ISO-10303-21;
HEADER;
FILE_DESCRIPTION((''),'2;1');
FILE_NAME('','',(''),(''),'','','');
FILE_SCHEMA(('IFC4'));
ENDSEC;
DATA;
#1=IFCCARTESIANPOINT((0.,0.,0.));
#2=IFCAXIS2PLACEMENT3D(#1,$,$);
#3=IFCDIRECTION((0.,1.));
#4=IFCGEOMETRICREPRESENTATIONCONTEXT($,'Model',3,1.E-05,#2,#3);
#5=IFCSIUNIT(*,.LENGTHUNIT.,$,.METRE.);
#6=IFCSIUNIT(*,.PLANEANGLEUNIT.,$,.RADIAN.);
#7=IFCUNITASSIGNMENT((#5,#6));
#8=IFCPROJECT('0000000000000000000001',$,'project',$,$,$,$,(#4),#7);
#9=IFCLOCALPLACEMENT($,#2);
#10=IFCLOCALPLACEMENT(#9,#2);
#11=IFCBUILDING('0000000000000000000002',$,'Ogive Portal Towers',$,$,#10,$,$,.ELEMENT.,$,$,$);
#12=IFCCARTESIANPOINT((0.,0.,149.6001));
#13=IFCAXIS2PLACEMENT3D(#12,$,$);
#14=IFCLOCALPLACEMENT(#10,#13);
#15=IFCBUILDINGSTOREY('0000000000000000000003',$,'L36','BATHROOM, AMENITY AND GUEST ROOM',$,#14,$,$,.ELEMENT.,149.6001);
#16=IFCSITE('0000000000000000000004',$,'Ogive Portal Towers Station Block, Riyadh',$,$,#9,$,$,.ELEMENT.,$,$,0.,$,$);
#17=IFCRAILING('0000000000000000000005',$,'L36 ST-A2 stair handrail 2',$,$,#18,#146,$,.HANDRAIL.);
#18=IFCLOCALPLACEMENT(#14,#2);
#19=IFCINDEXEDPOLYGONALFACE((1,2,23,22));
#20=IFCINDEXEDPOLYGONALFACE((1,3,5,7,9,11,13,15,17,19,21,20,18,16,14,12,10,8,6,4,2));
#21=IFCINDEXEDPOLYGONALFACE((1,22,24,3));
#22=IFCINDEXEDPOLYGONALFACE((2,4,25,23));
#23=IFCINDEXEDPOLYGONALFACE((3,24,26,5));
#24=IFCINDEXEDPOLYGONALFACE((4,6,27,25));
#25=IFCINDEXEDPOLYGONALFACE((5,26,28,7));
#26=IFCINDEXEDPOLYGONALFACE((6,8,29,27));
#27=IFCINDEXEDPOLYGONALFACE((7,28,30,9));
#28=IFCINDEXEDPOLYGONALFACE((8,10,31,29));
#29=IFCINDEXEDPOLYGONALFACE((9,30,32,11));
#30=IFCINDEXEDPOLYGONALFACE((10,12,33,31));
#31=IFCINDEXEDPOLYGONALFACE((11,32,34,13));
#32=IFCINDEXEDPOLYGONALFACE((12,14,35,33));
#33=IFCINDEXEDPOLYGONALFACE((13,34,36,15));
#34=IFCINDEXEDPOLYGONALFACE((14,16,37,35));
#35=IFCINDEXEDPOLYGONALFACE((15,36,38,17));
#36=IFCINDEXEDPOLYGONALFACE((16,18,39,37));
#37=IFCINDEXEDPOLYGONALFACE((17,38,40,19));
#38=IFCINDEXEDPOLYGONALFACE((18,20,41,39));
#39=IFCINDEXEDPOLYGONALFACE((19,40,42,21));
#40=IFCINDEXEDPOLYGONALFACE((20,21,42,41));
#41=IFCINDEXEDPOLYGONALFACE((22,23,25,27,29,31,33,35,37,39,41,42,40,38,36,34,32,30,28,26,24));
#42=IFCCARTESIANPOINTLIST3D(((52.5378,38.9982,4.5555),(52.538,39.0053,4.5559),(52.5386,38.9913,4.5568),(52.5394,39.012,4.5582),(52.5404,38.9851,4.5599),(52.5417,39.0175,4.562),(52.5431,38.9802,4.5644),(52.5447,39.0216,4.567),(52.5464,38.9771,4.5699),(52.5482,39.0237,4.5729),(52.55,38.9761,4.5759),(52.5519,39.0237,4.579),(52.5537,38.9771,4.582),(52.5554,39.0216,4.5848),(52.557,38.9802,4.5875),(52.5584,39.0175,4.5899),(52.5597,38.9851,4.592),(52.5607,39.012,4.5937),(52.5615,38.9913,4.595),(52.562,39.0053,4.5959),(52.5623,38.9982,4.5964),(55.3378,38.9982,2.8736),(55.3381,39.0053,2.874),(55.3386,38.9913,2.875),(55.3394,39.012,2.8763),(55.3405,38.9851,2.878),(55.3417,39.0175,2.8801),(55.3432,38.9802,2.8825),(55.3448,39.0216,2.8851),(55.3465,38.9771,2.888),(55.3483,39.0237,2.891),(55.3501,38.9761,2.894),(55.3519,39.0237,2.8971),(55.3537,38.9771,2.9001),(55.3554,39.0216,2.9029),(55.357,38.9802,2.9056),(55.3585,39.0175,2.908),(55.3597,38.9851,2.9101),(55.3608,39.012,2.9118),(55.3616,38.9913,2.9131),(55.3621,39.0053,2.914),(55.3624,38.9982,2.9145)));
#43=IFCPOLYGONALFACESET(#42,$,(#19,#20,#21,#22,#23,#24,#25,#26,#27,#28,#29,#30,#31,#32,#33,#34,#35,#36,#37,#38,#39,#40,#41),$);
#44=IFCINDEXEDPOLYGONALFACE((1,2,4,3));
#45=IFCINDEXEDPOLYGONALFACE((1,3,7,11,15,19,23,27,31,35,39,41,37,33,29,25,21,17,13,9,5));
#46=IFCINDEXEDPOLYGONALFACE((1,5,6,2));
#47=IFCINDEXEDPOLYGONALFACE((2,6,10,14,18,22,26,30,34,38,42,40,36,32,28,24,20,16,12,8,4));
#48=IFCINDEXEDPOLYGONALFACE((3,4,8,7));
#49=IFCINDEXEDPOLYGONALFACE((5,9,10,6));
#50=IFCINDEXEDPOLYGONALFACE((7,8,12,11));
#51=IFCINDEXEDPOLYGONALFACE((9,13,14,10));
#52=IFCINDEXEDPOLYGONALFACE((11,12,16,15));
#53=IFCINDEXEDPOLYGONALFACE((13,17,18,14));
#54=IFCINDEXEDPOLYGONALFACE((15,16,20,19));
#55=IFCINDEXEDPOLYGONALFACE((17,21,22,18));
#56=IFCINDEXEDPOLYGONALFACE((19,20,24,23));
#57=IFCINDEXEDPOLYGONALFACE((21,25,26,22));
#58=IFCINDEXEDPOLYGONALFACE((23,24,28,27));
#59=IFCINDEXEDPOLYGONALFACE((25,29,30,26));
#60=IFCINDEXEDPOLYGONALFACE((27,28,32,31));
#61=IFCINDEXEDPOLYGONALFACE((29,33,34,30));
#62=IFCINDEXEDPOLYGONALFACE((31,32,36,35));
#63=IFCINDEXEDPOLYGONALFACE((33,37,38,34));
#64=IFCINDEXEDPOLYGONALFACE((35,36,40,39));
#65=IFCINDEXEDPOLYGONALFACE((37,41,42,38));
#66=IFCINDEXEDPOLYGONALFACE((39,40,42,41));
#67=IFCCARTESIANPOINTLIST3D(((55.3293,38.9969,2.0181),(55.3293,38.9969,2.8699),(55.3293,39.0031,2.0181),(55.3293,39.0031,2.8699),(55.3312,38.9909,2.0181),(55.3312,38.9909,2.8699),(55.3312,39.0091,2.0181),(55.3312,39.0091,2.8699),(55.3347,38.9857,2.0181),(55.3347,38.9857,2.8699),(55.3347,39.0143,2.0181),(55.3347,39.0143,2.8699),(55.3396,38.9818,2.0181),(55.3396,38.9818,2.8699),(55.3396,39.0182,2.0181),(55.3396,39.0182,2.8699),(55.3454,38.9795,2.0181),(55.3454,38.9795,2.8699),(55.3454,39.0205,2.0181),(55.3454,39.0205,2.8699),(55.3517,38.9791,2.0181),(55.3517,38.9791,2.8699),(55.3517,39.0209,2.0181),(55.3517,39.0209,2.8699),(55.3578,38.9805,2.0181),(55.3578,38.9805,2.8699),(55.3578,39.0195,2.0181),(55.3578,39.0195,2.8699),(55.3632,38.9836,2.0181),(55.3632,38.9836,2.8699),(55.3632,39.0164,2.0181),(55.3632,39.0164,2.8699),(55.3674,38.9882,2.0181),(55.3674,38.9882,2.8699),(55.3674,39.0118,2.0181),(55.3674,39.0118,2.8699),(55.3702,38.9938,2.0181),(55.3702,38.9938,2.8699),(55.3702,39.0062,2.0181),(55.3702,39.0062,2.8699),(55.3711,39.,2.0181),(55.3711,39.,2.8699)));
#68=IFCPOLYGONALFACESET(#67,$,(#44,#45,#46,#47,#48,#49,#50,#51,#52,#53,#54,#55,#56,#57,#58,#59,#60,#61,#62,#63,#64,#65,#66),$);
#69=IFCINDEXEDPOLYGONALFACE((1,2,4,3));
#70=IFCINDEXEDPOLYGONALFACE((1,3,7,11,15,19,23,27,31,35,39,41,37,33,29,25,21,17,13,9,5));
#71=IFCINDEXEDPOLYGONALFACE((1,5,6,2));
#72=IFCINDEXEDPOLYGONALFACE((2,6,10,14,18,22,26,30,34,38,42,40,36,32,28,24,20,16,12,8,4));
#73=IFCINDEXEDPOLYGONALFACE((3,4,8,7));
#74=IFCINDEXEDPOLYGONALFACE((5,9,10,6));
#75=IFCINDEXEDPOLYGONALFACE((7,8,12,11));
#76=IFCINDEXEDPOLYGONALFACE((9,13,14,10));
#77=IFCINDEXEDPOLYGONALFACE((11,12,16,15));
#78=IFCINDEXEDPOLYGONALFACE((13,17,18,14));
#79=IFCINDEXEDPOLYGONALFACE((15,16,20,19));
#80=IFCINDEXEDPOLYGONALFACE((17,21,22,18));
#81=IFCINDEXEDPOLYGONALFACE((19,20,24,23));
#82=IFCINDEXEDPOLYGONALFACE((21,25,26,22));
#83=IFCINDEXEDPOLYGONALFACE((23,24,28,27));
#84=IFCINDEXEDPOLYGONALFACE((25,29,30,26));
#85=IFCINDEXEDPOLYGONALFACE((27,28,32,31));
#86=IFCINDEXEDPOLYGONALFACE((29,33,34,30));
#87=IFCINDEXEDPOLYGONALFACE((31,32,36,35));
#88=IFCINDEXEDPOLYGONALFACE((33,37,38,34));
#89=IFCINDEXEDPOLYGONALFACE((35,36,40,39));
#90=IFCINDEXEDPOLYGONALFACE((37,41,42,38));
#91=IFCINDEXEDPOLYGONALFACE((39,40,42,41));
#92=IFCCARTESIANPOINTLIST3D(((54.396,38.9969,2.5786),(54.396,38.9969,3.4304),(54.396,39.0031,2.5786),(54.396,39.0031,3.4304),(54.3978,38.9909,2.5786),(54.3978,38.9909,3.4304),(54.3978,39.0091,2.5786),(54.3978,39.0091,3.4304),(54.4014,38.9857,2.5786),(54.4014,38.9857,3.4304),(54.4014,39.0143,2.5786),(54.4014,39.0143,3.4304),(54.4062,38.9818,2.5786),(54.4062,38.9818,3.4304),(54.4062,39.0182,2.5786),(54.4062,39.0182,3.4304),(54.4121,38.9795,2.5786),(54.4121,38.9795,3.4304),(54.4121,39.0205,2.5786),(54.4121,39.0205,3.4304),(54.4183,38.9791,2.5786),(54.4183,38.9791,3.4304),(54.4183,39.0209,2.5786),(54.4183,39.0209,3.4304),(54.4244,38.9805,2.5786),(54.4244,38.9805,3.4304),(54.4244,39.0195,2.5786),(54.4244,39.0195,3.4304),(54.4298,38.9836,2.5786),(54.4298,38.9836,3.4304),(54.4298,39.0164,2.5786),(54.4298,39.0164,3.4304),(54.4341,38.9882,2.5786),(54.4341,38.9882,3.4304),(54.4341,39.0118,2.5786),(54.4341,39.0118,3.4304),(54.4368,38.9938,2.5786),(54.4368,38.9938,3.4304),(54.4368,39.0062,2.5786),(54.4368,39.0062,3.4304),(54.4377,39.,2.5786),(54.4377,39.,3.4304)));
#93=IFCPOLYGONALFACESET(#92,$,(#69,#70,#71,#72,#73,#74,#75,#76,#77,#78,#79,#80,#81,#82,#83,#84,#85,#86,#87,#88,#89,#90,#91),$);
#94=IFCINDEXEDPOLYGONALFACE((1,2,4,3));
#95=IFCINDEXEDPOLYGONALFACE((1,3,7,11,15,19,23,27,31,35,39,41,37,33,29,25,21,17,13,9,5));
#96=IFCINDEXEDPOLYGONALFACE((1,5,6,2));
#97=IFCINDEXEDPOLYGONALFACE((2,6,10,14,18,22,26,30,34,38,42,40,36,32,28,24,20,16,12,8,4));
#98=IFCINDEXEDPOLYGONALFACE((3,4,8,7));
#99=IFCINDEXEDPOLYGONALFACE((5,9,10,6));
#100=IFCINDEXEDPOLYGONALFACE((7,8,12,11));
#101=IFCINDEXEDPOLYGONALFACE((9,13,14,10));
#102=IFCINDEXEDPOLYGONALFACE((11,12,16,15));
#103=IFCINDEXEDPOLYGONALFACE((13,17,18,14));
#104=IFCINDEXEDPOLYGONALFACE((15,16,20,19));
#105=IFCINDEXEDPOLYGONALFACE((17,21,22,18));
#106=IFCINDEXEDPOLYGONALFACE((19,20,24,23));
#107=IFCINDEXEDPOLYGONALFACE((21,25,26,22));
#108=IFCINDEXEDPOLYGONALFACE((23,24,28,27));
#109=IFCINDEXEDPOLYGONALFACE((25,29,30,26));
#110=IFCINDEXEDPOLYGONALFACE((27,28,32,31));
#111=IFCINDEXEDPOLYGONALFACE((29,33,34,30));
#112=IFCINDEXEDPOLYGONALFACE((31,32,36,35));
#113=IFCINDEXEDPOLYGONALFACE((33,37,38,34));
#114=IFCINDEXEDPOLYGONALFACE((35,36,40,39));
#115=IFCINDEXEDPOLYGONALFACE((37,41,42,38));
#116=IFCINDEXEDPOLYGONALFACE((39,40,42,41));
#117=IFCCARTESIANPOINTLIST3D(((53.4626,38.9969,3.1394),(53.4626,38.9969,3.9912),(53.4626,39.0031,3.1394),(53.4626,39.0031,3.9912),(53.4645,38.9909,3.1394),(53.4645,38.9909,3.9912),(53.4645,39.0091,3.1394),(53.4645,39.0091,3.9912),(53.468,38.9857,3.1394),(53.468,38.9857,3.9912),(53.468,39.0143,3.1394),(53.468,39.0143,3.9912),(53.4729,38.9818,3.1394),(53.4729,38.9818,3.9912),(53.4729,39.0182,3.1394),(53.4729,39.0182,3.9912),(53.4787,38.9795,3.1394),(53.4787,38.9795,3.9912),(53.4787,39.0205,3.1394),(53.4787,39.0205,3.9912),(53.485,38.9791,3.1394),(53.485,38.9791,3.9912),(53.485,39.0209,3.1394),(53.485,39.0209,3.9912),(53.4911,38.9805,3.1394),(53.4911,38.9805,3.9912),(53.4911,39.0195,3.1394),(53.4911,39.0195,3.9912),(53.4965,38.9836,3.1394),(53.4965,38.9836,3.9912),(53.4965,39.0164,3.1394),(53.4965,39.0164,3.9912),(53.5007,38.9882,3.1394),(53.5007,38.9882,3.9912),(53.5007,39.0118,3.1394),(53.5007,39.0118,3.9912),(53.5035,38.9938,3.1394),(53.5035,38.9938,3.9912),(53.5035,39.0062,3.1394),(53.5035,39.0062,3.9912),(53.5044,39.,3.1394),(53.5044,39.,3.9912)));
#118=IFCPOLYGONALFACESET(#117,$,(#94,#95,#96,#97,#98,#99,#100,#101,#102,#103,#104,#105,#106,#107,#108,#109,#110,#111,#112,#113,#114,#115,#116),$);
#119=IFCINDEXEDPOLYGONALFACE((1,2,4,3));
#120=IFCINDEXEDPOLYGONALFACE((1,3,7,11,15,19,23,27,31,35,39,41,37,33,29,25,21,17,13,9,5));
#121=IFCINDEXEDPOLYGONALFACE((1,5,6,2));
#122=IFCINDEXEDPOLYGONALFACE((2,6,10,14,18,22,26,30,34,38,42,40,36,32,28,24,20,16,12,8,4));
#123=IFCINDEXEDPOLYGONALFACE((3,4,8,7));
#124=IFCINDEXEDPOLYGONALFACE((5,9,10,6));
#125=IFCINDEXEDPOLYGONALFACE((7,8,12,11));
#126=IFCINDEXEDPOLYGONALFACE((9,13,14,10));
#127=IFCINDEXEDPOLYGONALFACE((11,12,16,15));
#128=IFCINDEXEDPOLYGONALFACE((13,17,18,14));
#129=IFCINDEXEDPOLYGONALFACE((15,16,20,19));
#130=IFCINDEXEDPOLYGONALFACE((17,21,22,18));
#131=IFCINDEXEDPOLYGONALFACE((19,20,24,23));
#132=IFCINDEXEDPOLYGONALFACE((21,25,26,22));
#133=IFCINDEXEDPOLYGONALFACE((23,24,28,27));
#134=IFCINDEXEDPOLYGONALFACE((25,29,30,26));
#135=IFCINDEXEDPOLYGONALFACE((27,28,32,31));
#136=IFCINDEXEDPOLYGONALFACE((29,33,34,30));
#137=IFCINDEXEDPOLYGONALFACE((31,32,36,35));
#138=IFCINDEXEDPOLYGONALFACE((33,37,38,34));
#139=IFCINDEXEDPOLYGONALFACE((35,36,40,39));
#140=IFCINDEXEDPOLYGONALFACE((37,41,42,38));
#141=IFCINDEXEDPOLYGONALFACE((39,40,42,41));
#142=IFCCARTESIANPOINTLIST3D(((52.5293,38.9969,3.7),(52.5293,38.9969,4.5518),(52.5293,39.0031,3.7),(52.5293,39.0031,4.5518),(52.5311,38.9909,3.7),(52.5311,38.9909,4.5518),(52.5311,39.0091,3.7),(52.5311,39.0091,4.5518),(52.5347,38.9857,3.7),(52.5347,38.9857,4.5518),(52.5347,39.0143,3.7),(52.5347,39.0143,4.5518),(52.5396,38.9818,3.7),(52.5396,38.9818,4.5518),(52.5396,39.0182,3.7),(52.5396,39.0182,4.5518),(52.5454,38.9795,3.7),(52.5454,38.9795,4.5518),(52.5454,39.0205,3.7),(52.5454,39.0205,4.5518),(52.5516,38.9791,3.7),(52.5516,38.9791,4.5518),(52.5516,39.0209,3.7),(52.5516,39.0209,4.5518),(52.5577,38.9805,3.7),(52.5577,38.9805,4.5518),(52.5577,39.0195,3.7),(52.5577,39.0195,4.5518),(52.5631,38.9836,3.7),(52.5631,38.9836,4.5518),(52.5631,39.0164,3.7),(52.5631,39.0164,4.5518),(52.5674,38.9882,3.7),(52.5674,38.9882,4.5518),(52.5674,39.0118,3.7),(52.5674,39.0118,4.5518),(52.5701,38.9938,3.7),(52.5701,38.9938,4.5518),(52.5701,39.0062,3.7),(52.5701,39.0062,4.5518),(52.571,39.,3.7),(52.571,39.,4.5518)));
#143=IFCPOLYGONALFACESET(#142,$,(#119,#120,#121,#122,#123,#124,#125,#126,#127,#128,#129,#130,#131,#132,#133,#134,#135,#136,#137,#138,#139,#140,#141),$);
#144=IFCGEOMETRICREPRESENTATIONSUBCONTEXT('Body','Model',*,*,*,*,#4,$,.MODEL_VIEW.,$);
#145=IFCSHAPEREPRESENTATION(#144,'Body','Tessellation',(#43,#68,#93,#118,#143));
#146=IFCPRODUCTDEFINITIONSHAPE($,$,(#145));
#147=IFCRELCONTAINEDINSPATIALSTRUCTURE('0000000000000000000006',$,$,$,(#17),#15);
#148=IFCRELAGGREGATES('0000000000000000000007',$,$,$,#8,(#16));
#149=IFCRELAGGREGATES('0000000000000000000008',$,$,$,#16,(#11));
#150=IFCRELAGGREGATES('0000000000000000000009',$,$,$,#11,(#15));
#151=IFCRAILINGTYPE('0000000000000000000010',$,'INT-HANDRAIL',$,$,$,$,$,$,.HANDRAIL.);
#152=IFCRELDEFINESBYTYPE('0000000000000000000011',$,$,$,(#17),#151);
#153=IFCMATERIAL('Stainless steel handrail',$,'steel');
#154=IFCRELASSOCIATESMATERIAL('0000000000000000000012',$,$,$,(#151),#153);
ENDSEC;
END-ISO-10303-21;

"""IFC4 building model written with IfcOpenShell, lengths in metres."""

from ifc_helpers import new_model, si_unit, direction, frame, origin, origin_2d, place, context, subcontext, project, spatial, circle, extrude, material, type_object, element, save


model = new_model("IFC4")

# Units and contexts
model_context = context("Model", 3, precision=1e-05, world=origin(), true_north=direction((0.0, 1.0)))
body_context = subcontext(model_context, "Body", "Model", "MODEL_VIEW")
ifc_project = project(units=[si_unit("LENGTHUNIT", "METRE"), si_unit("PLANEANGLEUNIT", "RADIAN")], contexts=[model_context])

# Site, building, storey
site_placement = place(None, origin())
site = spatial("IfcSite", under=ifc_project, at=site_placement, Name="Ogive Portal Towers Station Block, Riyadh", CompositionType="ELEMENT", RefElevation=0.0)
building_placement = place(site_placement, origin())
building = spatial("IfcBuilding", under=site, at=building_placement, Name="Ogive Portal Towers", CompositionType="ELEMENT")
storey_placement = place(building_placement, frame((0.0, 0.0, 149.6001)))
storey = spatial("IfcBuildingStorey", under=building, at=storey_placement, Name="L36", Description="BATHROOM, AMENITY AND GUEST ROOM", CompositionType="ELEMENT", Elevation=149.6001)

# Railing
ifc_material_1 = material(Name="Stainless steel handrail", Category="steel")
railing_type_1 = type_object("IfcRailingType", Name="INT-HANDRAIL", PredefinedType="HANDRAIL", material=ifc_material_1)
railing_1_placement = place(storey_placement, frame((55.3501, 39.0, 2.0181)))
element("IfcRailing", 1, at=railing_1_placement, inside=storey, type_object=railing_type_1, Name="L36 ST-A2 stair handrail 2", PredefinedType="HANDRAIL", context=body_context, shape_type="SweptSolid", body=[
    extrude(circle(Radius=0.0239, at=origin_2d()), frame((0.0, 0.0, 0.876), z_axis=(-0.857242, 0.0, 0.514913), x_axis=(0.0, -1.0, 0.0)), (0.0, 0.0, 1.0), 3.2664),
    extrude(circle(Radius=0.021, at=origin_2d()), origin(), (0.0, 0.0, 1.0), 0.8518),
    extrude(circle(Radius=0.021, at=origin_2d()), frame((-0.9333, 0.0, 0.5605)), (0.0, 0.0, 1.0), 0.8518),
    extrude(circle(Radius=0.021, at=origin_2d()), frame((-1.8667, 0.0, 1.1213)), (0.0, 0.0, 1.0), 0.8518),
    extrude(circle(Radius=0.021, at=origin_2d()), frame((-2.8, 0.0, 1.6819)), (0.0, 0.0, 1.0), 0.8518),
])

save(model, "model.ifc")
